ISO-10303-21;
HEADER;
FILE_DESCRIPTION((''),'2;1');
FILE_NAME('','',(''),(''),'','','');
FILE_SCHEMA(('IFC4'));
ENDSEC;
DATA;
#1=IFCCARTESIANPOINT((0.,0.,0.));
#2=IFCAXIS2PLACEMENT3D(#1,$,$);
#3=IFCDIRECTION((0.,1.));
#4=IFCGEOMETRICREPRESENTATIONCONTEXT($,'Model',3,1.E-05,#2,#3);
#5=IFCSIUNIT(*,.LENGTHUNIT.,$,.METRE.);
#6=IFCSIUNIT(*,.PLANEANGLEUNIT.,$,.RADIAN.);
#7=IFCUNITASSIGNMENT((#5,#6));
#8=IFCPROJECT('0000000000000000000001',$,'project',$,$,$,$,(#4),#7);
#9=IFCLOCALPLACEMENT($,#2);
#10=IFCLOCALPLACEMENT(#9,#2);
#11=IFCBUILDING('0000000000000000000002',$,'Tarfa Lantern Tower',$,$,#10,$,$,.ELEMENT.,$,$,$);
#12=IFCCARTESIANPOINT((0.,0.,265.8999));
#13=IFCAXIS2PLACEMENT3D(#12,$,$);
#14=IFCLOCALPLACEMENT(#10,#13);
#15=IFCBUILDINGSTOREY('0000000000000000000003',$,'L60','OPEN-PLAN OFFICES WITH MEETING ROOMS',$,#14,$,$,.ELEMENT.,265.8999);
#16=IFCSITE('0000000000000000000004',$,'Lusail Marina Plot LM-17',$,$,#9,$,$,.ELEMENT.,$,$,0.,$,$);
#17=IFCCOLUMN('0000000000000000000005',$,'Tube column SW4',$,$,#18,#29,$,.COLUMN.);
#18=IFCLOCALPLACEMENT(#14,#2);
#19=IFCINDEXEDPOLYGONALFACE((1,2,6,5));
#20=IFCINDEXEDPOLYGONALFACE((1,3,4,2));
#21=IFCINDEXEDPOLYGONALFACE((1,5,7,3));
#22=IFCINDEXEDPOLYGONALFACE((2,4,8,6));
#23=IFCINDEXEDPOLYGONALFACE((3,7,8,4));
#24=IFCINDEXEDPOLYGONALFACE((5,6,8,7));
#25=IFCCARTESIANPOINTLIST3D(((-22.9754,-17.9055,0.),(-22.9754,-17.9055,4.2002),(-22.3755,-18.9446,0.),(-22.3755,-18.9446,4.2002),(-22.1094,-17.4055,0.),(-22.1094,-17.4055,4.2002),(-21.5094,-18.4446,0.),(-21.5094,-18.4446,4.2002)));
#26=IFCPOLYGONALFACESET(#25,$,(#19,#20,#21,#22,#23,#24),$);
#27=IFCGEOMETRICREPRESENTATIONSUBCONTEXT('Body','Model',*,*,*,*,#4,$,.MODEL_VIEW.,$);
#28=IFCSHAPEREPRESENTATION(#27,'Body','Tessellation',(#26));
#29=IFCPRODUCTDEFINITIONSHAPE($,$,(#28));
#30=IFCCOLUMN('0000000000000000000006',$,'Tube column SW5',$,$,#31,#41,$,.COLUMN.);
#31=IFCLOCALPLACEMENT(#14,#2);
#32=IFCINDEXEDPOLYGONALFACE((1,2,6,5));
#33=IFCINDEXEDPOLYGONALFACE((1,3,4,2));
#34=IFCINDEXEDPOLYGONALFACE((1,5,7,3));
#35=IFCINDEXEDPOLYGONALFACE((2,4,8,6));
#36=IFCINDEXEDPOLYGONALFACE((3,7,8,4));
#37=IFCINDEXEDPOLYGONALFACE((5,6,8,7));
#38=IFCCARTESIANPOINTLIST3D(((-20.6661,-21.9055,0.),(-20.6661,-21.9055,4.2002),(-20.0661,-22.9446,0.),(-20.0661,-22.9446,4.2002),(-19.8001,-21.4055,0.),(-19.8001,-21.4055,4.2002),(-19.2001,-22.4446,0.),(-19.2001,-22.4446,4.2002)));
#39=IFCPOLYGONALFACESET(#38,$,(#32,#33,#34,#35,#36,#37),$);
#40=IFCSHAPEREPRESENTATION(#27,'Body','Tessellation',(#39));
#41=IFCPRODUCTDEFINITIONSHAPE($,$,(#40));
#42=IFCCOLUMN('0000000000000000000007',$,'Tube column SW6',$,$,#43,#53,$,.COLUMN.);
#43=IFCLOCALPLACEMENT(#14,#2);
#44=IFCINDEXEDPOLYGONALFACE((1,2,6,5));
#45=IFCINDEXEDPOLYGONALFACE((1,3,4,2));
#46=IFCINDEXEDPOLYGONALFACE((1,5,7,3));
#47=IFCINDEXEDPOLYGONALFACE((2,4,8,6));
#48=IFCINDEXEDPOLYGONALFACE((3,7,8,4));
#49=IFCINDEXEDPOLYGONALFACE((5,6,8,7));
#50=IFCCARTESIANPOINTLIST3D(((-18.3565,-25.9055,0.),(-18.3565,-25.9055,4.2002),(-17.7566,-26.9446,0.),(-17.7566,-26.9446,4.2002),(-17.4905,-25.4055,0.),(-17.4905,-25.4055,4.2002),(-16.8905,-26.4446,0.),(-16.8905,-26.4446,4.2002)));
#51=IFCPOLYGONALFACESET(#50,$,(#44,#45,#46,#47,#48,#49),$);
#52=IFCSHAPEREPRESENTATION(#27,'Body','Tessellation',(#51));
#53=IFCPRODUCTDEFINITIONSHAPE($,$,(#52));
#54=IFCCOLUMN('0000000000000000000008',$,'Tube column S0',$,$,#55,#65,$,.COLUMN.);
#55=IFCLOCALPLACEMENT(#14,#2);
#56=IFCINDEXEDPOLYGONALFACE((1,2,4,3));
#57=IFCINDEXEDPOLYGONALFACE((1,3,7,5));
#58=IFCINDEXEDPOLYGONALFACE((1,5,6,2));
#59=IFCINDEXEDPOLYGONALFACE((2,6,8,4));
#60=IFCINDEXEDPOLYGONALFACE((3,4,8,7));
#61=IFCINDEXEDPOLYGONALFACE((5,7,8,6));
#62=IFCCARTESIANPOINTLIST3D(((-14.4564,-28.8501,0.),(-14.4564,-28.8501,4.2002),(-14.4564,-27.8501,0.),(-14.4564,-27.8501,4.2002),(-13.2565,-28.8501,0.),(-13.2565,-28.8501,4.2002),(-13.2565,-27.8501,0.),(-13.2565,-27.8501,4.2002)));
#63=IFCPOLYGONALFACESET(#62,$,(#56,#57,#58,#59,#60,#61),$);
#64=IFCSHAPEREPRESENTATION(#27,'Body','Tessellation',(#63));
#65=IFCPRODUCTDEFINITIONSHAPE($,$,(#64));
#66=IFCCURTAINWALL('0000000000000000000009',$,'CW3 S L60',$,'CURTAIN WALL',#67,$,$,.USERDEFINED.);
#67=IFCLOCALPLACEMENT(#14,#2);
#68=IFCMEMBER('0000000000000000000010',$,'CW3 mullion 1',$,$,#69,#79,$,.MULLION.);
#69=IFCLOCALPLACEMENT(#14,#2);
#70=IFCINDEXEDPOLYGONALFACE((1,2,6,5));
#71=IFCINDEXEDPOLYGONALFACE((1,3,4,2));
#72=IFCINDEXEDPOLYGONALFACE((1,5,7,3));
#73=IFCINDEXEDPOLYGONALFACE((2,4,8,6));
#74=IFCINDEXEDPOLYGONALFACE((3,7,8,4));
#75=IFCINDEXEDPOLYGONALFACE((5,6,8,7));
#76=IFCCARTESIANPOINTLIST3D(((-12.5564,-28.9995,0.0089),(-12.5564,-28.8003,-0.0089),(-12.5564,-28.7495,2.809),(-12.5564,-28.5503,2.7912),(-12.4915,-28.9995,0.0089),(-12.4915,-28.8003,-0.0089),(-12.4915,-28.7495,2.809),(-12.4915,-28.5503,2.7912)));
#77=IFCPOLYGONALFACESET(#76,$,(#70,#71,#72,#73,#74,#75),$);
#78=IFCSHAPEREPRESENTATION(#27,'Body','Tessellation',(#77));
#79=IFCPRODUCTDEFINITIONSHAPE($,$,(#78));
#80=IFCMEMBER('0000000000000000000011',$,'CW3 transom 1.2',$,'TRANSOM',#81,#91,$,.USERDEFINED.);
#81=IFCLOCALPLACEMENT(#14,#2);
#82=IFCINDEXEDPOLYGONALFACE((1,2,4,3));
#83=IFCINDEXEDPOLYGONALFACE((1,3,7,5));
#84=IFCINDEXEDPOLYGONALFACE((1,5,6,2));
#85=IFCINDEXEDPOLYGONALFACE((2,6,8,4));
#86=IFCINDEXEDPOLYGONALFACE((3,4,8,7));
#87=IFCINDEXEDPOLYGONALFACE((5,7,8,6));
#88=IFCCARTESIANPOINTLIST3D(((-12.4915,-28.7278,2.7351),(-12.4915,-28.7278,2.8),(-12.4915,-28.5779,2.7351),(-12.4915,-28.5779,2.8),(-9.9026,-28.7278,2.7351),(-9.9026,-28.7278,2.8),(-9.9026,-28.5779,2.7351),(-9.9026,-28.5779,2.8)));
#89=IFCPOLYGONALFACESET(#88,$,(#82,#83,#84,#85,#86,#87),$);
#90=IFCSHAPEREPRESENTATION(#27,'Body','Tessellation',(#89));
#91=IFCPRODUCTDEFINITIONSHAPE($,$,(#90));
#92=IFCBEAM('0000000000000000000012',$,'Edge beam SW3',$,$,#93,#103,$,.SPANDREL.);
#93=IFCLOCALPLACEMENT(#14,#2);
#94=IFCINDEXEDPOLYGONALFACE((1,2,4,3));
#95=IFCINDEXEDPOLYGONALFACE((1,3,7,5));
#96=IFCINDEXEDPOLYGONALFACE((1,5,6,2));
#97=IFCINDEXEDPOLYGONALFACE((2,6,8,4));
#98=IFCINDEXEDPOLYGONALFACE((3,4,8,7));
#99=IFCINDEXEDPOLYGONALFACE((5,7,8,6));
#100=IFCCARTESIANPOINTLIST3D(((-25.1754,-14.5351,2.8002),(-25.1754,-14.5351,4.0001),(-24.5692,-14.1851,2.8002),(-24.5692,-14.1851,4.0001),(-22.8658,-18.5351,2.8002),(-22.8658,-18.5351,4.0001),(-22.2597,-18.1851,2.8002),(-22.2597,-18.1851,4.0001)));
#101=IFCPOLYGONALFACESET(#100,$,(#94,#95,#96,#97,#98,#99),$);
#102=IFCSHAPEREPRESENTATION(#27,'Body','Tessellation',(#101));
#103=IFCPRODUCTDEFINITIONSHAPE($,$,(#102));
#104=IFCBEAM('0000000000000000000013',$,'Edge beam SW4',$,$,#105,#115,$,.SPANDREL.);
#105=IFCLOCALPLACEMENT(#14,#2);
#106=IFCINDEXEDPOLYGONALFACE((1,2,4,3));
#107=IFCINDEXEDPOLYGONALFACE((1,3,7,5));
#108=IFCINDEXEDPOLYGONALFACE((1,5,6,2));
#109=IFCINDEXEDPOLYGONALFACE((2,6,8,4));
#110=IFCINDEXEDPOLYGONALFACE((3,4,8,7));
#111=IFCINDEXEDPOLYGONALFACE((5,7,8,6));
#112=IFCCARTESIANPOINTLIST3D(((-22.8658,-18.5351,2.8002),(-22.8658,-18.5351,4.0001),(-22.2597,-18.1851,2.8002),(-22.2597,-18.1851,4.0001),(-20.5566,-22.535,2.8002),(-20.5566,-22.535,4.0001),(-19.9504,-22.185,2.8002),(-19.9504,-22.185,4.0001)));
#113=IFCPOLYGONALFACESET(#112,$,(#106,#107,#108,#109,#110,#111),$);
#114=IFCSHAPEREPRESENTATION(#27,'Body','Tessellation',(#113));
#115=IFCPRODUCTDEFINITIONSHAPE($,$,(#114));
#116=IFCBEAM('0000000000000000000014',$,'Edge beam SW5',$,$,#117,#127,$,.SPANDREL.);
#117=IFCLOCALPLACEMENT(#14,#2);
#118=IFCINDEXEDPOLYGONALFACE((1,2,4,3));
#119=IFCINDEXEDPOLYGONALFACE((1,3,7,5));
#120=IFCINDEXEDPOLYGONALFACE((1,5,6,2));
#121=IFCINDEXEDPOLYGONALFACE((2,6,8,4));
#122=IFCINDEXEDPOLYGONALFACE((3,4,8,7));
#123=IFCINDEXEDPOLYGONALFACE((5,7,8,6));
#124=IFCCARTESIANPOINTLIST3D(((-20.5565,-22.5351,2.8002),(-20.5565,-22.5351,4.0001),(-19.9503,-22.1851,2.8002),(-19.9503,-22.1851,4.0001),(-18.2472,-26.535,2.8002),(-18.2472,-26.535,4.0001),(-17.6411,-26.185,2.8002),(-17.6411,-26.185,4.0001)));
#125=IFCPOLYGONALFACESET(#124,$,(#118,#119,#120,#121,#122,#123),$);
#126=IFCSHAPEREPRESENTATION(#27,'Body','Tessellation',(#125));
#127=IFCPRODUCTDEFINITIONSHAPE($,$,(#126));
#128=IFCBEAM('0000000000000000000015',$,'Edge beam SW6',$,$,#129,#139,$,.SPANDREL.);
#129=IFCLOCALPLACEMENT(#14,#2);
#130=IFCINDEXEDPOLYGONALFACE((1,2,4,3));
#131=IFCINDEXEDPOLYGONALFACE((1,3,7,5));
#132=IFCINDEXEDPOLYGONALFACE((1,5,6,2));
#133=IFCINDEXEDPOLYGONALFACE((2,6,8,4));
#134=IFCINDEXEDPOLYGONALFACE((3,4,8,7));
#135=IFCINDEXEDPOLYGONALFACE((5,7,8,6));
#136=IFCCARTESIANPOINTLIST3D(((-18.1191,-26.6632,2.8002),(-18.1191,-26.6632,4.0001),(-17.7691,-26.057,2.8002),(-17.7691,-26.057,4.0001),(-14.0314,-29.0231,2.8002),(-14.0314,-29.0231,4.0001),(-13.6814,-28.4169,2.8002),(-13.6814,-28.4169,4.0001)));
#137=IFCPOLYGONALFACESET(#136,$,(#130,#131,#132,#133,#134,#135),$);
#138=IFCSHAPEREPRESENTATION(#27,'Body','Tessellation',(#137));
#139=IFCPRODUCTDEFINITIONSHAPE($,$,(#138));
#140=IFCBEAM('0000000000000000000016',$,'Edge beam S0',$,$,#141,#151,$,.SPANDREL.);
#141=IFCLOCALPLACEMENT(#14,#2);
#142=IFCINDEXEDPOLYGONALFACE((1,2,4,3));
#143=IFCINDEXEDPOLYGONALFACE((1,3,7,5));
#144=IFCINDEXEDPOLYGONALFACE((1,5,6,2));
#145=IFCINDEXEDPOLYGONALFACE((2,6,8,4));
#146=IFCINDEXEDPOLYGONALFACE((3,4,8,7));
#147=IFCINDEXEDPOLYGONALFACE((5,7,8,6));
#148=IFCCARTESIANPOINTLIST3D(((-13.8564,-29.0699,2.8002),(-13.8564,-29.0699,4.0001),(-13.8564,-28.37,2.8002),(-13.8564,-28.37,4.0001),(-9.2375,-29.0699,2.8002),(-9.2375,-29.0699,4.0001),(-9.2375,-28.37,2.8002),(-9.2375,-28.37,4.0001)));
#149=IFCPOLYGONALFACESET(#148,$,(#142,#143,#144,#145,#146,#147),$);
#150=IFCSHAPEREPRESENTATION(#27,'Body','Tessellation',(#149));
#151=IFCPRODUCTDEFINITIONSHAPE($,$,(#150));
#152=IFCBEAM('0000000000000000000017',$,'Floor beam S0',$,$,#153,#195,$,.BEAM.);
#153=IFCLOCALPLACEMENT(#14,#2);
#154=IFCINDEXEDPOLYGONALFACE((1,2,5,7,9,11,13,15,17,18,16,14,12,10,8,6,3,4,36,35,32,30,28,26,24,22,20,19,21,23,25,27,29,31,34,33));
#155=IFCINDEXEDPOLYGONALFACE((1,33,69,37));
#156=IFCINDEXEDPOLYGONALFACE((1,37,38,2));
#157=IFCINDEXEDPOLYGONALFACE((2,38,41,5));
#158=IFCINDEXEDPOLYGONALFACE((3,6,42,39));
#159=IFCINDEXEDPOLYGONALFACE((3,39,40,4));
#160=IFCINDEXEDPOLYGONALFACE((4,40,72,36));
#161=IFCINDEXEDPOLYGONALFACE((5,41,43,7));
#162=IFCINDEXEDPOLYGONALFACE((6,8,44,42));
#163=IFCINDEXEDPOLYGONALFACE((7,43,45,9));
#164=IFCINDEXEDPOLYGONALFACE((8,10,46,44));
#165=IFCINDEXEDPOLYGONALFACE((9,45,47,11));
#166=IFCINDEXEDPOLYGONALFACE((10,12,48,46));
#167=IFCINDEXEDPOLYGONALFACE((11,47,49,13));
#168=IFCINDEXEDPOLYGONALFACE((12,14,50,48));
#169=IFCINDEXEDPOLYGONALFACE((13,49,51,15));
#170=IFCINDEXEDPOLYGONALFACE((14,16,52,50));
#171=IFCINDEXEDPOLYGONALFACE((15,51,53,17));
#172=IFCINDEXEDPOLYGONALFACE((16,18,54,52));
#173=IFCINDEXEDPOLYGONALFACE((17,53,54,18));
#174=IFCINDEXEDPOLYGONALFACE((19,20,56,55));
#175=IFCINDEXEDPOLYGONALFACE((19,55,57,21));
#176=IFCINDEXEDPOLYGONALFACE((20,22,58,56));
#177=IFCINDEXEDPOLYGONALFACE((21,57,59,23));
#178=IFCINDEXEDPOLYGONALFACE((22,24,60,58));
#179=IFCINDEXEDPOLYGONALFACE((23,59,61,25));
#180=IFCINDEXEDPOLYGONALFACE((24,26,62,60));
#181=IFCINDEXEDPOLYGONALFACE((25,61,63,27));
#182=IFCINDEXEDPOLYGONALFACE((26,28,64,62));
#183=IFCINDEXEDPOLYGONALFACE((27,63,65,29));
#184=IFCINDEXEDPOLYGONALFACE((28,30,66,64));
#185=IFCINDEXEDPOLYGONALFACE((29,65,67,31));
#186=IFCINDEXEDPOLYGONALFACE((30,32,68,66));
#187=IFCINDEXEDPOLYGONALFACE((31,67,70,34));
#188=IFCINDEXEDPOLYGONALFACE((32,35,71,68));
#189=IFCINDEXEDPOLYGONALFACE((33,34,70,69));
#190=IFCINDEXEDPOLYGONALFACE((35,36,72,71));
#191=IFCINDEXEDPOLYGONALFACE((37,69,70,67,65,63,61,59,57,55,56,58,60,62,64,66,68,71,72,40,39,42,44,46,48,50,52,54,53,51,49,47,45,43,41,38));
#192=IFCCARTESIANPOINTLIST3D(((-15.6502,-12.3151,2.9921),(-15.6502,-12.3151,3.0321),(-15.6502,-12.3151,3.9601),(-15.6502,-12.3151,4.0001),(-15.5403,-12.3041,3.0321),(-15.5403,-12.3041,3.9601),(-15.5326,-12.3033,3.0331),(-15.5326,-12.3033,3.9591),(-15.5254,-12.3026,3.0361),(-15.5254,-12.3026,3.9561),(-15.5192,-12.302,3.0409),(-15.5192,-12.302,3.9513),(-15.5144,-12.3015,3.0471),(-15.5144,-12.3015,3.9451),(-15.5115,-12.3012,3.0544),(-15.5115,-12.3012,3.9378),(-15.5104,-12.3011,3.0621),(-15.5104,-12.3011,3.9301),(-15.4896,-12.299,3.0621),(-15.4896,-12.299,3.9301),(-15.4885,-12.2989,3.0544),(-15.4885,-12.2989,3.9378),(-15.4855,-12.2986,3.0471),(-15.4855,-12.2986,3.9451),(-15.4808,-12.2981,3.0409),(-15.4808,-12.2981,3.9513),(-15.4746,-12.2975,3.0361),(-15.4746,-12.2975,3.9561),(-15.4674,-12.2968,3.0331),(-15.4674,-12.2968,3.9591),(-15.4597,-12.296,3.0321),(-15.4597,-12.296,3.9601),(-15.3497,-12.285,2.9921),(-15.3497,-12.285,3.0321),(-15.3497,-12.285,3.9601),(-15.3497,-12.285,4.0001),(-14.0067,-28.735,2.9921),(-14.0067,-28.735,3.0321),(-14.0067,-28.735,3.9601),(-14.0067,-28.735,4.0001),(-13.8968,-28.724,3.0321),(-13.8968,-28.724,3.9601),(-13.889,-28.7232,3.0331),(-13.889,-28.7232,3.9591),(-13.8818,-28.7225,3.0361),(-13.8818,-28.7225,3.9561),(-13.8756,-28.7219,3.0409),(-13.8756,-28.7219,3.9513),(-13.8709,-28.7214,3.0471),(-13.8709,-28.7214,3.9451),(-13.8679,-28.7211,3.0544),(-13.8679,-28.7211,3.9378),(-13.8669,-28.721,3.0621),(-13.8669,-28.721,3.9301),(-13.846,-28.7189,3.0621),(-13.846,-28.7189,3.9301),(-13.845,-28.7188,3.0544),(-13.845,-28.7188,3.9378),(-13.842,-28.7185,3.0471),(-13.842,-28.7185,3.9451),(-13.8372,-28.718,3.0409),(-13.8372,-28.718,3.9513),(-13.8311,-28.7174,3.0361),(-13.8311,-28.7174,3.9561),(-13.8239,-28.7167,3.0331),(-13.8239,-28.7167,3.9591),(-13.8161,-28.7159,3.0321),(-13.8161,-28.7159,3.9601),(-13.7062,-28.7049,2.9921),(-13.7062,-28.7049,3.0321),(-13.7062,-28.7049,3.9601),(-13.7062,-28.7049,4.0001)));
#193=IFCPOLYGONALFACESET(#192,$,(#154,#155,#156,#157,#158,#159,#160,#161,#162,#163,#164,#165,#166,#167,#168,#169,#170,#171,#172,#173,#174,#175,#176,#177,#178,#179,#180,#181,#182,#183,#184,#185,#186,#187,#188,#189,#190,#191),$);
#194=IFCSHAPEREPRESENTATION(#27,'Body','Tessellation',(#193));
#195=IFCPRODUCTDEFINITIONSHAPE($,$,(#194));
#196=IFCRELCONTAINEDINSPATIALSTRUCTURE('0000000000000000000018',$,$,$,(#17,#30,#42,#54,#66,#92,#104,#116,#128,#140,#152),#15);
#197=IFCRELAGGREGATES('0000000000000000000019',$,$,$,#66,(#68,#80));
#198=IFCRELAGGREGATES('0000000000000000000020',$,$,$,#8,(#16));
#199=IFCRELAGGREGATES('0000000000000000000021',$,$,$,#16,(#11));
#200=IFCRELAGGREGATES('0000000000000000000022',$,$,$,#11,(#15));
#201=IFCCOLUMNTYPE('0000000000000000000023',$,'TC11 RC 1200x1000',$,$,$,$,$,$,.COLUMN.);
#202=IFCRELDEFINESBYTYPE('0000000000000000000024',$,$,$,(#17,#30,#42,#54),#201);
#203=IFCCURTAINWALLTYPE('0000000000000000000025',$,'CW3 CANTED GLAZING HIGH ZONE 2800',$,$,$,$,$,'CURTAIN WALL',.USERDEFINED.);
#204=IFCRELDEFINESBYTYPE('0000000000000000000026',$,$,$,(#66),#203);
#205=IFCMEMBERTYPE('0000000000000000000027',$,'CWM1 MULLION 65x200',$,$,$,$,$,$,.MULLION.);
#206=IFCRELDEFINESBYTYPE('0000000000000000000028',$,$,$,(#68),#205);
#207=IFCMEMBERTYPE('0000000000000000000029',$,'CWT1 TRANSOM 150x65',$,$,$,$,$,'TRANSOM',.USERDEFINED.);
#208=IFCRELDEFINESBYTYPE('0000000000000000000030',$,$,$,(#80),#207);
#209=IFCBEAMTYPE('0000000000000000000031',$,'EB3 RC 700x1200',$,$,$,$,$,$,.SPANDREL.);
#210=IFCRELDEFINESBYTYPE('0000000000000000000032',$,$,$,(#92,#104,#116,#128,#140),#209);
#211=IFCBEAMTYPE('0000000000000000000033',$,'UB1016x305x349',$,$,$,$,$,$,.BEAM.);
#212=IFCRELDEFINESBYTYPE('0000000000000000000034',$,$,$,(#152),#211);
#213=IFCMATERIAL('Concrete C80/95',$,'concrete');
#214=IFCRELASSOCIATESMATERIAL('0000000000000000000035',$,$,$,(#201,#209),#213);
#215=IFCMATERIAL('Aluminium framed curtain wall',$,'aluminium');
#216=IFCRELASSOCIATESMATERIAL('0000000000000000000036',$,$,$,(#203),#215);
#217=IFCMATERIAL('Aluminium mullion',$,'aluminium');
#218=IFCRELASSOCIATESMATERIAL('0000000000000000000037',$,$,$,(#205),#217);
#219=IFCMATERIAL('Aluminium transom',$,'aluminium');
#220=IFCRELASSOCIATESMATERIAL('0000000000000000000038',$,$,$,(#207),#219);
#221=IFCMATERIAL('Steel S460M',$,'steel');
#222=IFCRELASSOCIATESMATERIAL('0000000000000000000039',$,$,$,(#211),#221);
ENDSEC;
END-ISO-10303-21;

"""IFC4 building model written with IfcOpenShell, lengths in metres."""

from ifc_helpers import new_model, si_unit, direction, frame, origin, origin_2d, place, context, subcontext, project, spatial, rectangle, i_section, extrude, material, material_profile, profile_set, type_object, element, aggregate, save


model = new_model("IFC4")

# Units and contexts
model_context = context("Model", 3, precision=1e-05, world=origin(), true_north=direction((0.0, 1.0)))
body_context = subcontext(model_context, "Body", "Model", "MODEL_VIEW")
ifc_project = project(units=[si_unit("LENGTHUNIT", "METRE"), si_unit("PLANEANGLEUNIT", "RADIAN")], contexts=[model_context])

# Site, building, storey
site_placement = place(None, origin())
site = spatial("IfcSite", under=ifc_project, at=site_placement, Name="Lusail Marina Plot LM-17", CompositionType="ELEMENT", RefElevation=0.0)
building_placement = place(site_placement, origin())
building = spatial("IfcBuilding", under=site, at=building_placement, Name="Tarfa Lantern Tower", CompositionType="ELEMENT")
storey_placement = place(building_placement, frame((0.0, 0.0, 265.8999)))
storey = spatial("IfcBuildingStorey", under=building, at=storey_placement, Name="L60", Description="OPEN-PLAN OFFICES WITH MEETING ROOMS", CompositionType="ELEMENT", Elevation=265.8999)

# Columns
ifc_material_1 = material(Name="Concrete C80/95", Category="concrete")
ifc_material_profile_1 = material_profile(ifc_material_1, rectangle(XDim=1.2, YDim=1.0, at=origin_2d()), Name="RC 1200x1000")
ifc_profile_set_1 = profile_set([ifc_material_profile_1], Name="Concrete C80/95")
column_type = type_object("IfcColumnType", Name="TC11 RC 1200x1000", PredefinedType="COLUMN", material=ifc_profile_set_1)
for number, where, z_axis, x_axis, name in (
    (1, (-22.2424, -18.175, 0.0), (0.0, 0.0, 1.0), (0.5, -0.866025, 0.0), "Tube column SW4"),
    (2, (-19.9331, -22.175, 0.0), (0.0, 0.0, 1.0), (0.5, -0.866025, 0.0), "Tube column SW5"),
    (3, (-17.6235, -26.175, 0.0), (0.0, 0.0, 1.0), (0.5, -0.866025, 0.0), "Tube column SW6"),
    (4, (-13.8564, -28.3501, 0.0), (0.0, 0.0, 1.0), (1.0, 0.0, 0.0), "Tube column S0"),
):
    element("IfcColumn", number, at=place(storey_placement, frame(where, z_axis=z_axis, x_axis=x_axis)), inside=storey, type_object=column_type, Name=name, PredefinedType="COLUMN", context=body_context, shape_type="SweptSolid", body=[
        extrude(rectangle(XDim=1.2, YDim=1.0, at=origin_2d()), origin(), (0.0, 0.0, 1.0), 4.2002),
    ])

# Curtain wall, members
ifc_material_2 = material(Name="Aluminium framed curtain wall", Category="aluminium")
curtain_wall_type = type_object("IfcCurtainWallType", Name="CW3 CANTED GLAZING HIGH ZONE 2800", ElementType="CURTAIN WALL", PredefinedType="USERDEFINED", material=ifc_material_2)
curtain_wall_placement = place(storey_placement, origin())
curtain_wall = element("IfcCurtainWall", 5, at=curtain_wall_placement, inside=storey, type_object=curtain_wall_type, Name="CW3 S L60", ObjectType="CURTAIN WALL", PredefinedType="USERDEFINED")
ifc_material_3 = material(Name="Aluminium mullion", Category="aluminium")
ifc_material_profile_2 = material_profile(ifc_material_3, rectangle(XDim=0.0649, YDim=0.2, at=origin_2d()), Name="AL MULLION 65x200")
ifc_profile_set_2 = profile_set([ifc_material_profile_2], Name="Aluminium mullion")
member_type_1 = type_object("IfcMemberType", Name="CWM1 MULLION 65x200", PredefinedType="MULLION", material=ifc_profile_set_2)
member_1_placement = place(storey_placement, frame((-12.5239, -28.8999, 0.0), z_axis=(0.0, 0.08893, 0.996038), x_axis=(-1.0, 0.0, 0.0)))
member_1 = element("IfcMember", 6, at=member_1_placement, type_object=member_type_1, Name="CW3 mullion 1", PredefinedType="MULLION", context=body_context, shape_type="SweptSolid", body=[
    extrude(rectangle(XDim=0.0649, YDim=0.2, at=origin_2d()), origin(), (0.0, 0.0, 1.0), 2.8113),
])
ifc_material_4 = material(Name="Aluminium transom", Category="aluminium")
ifc_material_profile_3 = material_profile(ifc_material_4, rectangle(XDim=0.1499, YDim=0.0649, at=origin_2d()), Name="AL TRANSOM 150x65")
ifc_profile_set_3 = profile_set([ifc_material_profile_3], Name="Aluminium transom")
member_type_2 = type_object("IfcMemberType", Name="CWT1 TRANSOM 150x65", ElementType="TRANSOM", PredefinedType="USERDEFINED", material=ifc_profile_set_3)
member_2_placement = place(storey_placement, frame((-12.4915, -28.6528, 2.7676), z_axis=(1.0, 0.0, 0.0), x_axis=(0.0, 1.0, 0.0)))
member_2 = element("IfcMember", 7, at=member_2_placement, type_object=member_type_2, Name="CW3 transom 1.2", ObjectType="TRANSOM", PredefinedType="USERDEFINED", context=body_context, shape_type="SweptSolid", body=[
    extrude(rectangle(XDim=0.1499, YDim=0.0649, at=origin_2d()), origin(), (0.0, 0.0, 1.0), 2.5889),
])

# Beams
ifc_material_profile_4 = material_profile(ifc_material_1, rectangle(XDim=0.7, YDim=1.2, at=origin_2d()), Name="RC 700x1200")
ifc_profile_set_4 = profile_set([ifc_material_profile_4], Name="Concrete C80/95")
beam_type_1 = type_object("IfcBeamType", Name="EB3 RC 700x1200", PredefinedType="SPANDREL", material=ifc_profile_set_4)
beam_1_placement = place(storey_placement, frame((-24.8723, -14.3601, 3.4001), z_axis=(0.500027, -0.86601, 0.0), x_axis=(0.86601, 0.500027, 0.0)))
element("IfcBeam", 8, at=beam_1_placement, inside=storey, type_object=beam_type_1, Name="Edge beam SW3", PredefinedType="SPANDREL", context=body_context, shape_type="SweptSolid", body=[
    extrude(rectangle(XDim=0.7, YDim=1.2, at=origin_2d()), origin(), (0.0, 0.0, 1.0), 4.6189),
])
for number, where, z_axis, x_axis, name in (
    (9, (-22.5627, -18.3601, 3.4001), (0.499988, -0.866032, 0.0), (0.866032, 0.499988, 0.0), "Edge beam SW4"),
    (10, (-20.2534, -22.3601, 3.4001), (0.499988, -0.866032, 0.0), (0.866032, 0.499988, 0.0), "Edge beam SW5"),
):
    element("IfcBeam", number, at=place(storey_placement, frame(where, z_axis=z_axis, x_axis=x_axis)), inside=storey, type_object=beam_type_1, Name=name, PredefinedType="SPANDREL", context=body_context, shape_type="SweptSolid", body=[
        extrude(rectangle(XDim=0.7, YDim=1.2, at=origin_2d()), origin(), (0.0, 0.0, 1.0), 4.6187),
    ])
beam_2_placement = place(storey_placement, frame((-17.9441, -26.3601, 3.4001), z_axis=(0.866038, -0.499978, 0.0), x_axis=(0.499978, 0.866038, 0.0)))
element("IfcBeam", 11, at=beam_2_placement, inside=storey, type_object=beam_type_1, Name="Edge beam SW6", PredefinedType="SPANDREL", context=body_context, shape_type="SweptSolid", body=[
    extrude(rectangle(XDim=0.7, YDim=1.2, at=origin_2d()), origin(), (0.0, 0.0, 1.0), 4.72),
])
beam_3_placement = place(storey_placement, frame((-13.8564, -28.72, 3.4001), z_axis=(1.0, 0.0, 0.0), x_axis=(0.0, 1.0, 0.0)))
element("IfcBeam", 12, at=beam_3_placement, inside=storey, type_object=beam_type_1, Name="Edge beam S0", PredefinedType="SPANDREL", context=body_context, shape_type="SweptSolid", body=[
    extrude(rectangle(XDim=0.7, YDim=1.2, at=origin_2d()), origin(), (0.0, 0.0, 1.0), 4.6189),
])
ifc_material_5 = material(Name="Steel S460M", Category="steel")
ifc_material_profile_5 = material_profile(ifc_material_5, i_section(OverallWidth=0.302, OverallDepth=1.0081, WebThickness=0.021, FlangeThickness=0.04, FilletRadius=0.03, at=origin_2d()), Name="UB1016x305x349")
ifc_profile_set_5 = profile_set([ifc_material_profile_5], Name="Steel S460M")
beam_type_2 = type_object("IfcBeamType", Name="UB1016x305x349", PredefinedType="BEAM", material=ifc_profile_set_5)
beam_4_placement = place(storey_placement, frame((-13.8564, -28.72, 3.4961), z_axis=(-0.099597, 0.995028, 0.0), x_axis=(-0.995028, -0.099597, 0.0)))
element("IfcBeam", 13, at=beam_4_placement, inside=storey, type_object=beam_type_2, Name="Floor beam S0", PredefinedType="BEAM", context=body_context, shape_type="SweptSolid", body=[
    extrude(i_section(OverallWidth=0.302, OverallDepth=1.0081, WebThickness=0.021, FlangeThickness=0.04, FilletRadius=0.03, at=origin_2d()), origin(), (0.0, 0.0, 1.0), 16.502),
])

aggregate(curtain_wall, [member_1, member_2])

save(model, "model.ifc")
